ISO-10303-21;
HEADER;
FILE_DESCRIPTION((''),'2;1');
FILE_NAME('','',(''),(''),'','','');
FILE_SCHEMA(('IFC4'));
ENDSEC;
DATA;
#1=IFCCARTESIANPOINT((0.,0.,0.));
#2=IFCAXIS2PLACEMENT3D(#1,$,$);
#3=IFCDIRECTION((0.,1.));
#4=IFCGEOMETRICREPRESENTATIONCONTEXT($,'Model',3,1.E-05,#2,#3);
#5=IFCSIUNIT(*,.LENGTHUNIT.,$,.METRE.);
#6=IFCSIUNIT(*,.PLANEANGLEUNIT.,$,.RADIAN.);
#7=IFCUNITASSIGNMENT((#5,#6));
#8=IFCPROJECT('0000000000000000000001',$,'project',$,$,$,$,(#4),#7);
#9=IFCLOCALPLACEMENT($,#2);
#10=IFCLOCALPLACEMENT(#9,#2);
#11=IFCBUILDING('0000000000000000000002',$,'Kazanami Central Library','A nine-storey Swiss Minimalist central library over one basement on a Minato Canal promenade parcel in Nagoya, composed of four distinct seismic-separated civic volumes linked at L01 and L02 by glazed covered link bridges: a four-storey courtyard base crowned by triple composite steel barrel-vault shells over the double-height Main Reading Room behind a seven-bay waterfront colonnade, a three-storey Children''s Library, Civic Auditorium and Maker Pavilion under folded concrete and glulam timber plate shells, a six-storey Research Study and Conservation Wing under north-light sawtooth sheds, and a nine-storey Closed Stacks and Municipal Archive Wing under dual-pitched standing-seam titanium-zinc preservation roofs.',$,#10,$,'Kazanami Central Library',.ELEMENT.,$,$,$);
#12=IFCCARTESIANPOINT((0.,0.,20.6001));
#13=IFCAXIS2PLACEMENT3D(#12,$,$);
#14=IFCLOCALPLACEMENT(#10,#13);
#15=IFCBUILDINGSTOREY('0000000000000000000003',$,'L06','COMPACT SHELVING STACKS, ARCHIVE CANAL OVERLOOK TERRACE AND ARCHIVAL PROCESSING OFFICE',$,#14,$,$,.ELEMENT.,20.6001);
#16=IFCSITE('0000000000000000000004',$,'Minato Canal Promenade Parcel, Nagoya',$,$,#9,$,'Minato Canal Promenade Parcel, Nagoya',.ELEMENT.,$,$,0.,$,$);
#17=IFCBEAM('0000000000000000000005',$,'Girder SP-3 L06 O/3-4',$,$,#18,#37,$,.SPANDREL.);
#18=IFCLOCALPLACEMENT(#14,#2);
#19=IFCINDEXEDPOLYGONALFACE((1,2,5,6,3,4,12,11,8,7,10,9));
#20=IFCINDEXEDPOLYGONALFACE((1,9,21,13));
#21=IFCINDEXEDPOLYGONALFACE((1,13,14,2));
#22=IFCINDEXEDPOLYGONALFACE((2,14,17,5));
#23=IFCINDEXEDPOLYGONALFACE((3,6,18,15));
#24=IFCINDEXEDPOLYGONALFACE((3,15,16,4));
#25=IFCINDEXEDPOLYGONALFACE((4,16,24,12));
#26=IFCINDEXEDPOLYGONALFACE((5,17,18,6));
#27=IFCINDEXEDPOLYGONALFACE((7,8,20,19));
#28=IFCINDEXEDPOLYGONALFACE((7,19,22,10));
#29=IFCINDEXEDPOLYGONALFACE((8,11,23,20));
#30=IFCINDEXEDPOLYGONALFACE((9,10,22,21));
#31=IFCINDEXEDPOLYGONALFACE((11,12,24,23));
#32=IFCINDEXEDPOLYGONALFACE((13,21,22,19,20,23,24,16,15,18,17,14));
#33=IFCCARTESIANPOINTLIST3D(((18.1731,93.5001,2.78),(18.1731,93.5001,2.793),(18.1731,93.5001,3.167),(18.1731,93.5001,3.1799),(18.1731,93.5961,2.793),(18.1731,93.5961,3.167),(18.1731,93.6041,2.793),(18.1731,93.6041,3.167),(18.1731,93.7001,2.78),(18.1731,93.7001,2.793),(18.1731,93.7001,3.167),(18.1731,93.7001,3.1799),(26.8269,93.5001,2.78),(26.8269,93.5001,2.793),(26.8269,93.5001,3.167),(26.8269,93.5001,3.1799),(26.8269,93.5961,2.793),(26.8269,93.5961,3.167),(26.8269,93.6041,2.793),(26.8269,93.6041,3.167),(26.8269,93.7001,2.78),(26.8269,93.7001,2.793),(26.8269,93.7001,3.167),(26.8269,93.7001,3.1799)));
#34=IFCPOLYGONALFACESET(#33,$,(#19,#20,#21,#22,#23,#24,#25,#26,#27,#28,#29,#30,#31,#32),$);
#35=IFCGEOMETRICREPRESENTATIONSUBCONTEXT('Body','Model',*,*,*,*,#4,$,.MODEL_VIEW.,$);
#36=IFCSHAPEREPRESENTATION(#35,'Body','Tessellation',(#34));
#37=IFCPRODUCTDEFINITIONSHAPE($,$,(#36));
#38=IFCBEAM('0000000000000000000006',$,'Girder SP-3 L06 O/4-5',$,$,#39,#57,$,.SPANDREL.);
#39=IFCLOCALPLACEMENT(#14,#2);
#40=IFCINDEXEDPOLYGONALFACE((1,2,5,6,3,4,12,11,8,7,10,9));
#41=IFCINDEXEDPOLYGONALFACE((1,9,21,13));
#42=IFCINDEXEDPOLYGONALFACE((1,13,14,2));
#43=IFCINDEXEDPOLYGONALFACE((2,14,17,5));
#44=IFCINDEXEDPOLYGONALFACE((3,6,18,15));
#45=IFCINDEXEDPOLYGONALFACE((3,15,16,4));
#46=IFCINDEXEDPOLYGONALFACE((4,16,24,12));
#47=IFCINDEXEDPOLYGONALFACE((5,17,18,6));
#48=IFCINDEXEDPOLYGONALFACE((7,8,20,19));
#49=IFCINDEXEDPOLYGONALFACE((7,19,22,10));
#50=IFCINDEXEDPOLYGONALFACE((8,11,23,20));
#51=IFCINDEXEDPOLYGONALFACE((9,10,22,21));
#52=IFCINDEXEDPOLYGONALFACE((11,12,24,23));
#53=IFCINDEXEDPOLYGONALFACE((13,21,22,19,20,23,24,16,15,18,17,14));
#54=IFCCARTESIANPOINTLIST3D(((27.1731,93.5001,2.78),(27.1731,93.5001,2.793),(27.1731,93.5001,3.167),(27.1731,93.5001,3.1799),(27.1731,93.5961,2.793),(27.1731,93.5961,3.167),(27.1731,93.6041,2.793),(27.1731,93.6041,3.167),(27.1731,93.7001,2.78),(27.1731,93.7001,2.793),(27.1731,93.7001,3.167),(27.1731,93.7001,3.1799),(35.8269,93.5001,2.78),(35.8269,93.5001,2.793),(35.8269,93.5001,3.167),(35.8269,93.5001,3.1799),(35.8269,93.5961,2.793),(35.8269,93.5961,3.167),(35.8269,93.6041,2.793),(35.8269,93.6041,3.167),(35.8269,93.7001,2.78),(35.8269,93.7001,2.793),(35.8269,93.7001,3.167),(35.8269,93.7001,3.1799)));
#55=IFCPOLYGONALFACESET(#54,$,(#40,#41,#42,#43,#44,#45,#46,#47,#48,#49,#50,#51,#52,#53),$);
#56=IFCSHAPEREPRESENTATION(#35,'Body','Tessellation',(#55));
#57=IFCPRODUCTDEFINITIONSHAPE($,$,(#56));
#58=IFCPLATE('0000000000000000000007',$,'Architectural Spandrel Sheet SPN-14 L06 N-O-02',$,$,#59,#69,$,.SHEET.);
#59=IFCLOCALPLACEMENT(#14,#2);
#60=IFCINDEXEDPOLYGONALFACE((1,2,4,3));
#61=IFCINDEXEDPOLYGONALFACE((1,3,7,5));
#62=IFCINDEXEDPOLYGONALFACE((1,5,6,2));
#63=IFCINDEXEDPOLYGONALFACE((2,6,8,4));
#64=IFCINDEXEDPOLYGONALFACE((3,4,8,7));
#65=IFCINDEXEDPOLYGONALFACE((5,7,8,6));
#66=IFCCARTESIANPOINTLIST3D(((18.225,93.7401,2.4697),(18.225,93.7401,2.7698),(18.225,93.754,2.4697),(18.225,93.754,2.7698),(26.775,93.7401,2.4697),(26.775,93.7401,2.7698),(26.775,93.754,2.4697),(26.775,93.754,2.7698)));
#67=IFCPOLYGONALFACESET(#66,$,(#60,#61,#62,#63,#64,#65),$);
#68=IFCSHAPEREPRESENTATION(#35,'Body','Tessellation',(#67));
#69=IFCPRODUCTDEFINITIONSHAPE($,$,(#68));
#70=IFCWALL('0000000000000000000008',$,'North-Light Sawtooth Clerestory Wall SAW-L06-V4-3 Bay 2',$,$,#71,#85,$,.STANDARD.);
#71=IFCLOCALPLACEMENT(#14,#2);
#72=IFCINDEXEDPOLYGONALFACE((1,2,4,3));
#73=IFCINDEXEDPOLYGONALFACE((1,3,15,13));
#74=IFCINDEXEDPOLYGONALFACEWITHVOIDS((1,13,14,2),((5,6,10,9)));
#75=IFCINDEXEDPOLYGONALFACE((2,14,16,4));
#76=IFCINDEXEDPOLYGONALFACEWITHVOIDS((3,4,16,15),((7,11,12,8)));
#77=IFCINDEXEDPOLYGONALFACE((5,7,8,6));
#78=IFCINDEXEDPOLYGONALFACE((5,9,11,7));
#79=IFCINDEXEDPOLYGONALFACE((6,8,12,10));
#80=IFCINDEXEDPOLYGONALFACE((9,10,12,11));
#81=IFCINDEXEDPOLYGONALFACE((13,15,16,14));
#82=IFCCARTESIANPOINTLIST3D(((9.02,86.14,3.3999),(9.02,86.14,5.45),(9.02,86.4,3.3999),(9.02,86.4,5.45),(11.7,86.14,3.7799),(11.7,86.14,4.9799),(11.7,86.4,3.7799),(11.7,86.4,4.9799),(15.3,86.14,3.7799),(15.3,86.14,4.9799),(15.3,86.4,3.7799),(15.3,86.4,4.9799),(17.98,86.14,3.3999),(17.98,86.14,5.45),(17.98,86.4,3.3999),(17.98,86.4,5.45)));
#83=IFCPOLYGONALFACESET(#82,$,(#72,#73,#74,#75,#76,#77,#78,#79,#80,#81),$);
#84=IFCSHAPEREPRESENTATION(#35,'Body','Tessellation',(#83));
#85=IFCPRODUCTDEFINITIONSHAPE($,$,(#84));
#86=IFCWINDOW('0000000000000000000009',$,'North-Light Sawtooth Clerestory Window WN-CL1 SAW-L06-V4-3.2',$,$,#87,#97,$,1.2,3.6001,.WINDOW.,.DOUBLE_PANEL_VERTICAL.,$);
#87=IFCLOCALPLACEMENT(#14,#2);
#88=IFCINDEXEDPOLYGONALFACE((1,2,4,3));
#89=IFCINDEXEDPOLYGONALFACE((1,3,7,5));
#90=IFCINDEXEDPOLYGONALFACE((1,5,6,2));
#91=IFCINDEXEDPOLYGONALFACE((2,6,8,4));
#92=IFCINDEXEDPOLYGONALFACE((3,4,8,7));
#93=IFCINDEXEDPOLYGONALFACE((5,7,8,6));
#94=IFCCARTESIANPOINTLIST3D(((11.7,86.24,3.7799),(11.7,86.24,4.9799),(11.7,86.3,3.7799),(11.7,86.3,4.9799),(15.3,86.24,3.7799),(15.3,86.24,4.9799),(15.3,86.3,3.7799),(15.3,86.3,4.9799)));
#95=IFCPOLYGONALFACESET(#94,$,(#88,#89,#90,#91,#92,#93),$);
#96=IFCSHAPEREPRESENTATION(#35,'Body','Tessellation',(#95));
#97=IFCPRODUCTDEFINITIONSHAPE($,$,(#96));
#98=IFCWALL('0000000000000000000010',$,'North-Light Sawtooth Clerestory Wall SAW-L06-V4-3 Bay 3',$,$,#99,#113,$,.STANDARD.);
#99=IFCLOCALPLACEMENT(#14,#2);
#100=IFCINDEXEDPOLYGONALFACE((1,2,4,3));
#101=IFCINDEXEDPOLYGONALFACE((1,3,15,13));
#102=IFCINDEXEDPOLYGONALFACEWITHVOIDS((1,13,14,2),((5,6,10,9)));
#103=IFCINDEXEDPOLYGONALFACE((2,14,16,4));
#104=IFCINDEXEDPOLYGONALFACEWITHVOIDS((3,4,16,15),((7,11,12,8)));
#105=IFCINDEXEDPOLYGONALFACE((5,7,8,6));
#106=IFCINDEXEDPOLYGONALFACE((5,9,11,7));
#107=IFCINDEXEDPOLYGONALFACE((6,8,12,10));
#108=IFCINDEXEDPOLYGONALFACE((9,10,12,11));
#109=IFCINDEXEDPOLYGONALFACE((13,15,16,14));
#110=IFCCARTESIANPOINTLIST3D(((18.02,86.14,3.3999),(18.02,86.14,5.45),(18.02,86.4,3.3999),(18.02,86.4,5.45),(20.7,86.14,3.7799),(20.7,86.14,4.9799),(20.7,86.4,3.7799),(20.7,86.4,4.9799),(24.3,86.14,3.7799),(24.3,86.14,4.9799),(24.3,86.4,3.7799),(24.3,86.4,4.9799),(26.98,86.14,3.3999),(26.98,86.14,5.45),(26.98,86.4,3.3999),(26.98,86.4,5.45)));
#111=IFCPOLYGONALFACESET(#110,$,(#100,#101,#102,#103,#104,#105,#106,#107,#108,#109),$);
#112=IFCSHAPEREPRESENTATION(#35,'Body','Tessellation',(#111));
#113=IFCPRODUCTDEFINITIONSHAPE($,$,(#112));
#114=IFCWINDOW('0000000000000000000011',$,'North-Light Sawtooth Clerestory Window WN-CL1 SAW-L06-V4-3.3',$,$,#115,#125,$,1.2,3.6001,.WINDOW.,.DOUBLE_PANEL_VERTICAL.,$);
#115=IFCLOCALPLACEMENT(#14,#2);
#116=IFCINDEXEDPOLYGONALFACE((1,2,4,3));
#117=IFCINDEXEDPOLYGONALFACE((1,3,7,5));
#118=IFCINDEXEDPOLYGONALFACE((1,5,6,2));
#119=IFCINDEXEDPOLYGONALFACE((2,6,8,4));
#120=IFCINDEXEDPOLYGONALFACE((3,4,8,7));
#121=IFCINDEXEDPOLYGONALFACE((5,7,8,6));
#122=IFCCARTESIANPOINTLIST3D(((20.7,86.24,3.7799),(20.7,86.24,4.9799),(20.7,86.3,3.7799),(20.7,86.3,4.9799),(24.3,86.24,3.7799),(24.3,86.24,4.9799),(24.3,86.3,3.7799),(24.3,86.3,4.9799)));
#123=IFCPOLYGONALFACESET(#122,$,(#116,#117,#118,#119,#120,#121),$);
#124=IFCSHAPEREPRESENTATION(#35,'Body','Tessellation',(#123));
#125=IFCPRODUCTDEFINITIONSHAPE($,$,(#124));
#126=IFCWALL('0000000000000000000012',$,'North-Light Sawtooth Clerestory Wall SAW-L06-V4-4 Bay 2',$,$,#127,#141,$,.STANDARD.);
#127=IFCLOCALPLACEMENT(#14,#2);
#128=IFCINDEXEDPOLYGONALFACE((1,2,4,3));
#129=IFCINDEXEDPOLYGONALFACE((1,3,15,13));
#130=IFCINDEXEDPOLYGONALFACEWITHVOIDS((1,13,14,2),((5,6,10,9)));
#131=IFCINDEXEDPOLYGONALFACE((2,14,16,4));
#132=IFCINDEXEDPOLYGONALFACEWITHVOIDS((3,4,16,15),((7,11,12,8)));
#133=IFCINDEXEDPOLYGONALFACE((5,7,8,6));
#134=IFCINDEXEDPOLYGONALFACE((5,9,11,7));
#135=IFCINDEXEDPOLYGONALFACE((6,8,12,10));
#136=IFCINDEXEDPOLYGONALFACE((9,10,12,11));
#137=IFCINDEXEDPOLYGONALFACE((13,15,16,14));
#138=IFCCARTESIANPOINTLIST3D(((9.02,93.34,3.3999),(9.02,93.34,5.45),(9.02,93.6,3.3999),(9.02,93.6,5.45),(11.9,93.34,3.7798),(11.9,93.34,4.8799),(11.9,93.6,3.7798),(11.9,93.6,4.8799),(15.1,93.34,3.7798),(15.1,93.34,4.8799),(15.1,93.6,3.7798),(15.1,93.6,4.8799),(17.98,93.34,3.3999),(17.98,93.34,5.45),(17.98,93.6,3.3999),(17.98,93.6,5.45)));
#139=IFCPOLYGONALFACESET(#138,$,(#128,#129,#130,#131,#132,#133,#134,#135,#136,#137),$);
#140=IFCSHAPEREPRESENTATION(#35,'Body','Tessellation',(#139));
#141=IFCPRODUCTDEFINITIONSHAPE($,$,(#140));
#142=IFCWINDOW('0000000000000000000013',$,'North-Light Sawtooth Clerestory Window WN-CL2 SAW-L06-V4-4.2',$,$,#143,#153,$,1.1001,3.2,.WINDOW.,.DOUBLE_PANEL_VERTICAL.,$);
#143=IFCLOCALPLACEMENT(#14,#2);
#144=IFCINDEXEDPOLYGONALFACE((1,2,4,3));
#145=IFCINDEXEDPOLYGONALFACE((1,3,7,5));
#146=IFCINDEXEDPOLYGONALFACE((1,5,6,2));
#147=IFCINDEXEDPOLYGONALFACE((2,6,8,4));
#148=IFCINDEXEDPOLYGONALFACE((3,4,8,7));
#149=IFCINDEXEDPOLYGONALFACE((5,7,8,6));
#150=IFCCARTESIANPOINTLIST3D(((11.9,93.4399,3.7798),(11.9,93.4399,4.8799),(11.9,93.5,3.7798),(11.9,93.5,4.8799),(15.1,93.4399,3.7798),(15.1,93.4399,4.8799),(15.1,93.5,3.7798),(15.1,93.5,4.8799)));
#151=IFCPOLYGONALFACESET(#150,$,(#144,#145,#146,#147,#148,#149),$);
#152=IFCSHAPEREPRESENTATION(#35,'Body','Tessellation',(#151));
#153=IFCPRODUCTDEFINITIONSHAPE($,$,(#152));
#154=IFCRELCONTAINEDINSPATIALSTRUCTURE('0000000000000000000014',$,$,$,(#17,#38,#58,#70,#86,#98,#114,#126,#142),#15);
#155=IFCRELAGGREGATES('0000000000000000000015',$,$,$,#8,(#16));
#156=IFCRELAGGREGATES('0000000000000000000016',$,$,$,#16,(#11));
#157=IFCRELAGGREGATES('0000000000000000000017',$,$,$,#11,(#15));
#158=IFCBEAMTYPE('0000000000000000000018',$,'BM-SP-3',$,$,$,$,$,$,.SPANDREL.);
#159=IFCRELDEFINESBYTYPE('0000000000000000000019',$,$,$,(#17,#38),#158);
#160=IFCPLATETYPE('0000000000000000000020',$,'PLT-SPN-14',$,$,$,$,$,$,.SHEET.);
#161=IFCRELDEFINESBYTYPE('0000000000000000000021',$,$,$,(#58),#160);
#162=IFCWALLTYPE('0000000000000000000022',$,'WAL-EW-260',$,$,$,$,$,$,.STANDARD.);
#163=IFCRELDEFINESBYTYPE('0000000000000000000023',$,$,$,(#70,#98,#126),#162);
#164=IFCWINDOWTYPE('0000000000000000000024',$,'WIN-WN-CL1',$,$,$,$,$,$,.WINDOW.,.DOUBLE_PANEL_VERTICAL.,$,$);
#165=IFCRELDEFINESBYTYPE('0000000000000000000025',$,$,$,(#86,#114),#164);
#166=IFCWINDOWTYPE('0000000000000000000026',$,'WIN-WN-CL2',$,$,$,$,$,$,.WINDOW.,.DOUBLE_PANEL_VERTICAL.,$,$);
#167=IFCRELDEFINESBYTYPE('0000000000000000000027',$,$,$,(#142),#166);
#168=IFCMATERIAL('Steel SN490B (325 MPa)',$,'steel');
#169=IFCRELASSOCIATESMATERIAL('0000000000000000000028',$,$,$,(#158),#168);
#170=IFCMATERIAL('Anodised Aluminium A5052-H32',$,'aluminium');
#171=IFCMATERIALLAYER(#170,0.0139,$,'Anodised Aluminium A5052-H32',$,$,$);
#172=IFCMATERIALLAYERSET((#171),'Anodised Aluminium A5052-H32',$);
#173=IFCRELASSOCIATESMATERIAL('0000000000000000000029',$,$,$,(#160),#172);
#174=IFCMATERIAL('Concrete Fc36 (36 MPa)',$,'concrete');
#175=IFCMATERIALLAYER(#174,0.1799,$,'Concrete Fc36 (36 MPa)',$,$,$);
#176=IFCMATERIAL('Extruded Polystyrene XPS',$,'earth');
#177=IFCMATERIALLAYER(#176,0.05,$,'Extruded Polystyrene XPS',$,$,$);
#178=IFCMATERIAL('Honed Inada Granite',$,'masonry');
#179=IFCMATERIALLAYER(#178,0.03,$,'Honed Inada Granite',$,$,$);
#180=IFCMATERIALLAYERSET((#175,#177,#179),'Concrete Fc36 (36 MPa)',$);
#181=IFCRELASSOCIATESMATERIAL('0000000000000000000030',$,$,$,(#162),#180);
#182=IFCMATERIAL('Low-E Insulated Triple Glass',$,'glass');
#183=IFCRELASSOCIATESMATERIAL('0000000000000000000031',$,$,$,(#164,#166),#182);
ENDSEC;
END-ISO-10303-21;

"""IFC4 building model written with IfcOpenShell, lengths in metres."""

from ifc_helpers import new_model, si_unit, direction, frame, frame_2d, origin, origin_2d, place, context, subcontext, project, spatial, rectangle, i_section, extrude, material, layer, layer_set, material_profile, profile_set, type_object, element, fill, save


model = new_model("IFC4")

# Units and contexts
model_context = context("Model", 3, precision=1e-05, world=origin(), true_north=direction((0.0, 1.0)))
body_context = subcontext(model_context, "Body", "Model", "MODEL_VIEW")
ifc_project = project(units=[si_unit("LENGTHUNIT", "METRE"), si_unit("PLANEANGLEUNIT", "RADIAN")], contexts=[model_context])

# Site, building, storey
site_placement = place(None, origin())
site = spatial("IfcSite", under=ifc_project, at=site_placement, Name="Minato Canal Promenade Parcel, Nagoya", LongName="Minato Canal Promenade Parcel, Nagoya", CompositionType="ELEMENT", RefElevation=0.0)
building_placement = place(site_placement, origin())
building = spatial("IfcBuilding", under=site, at=building_placement, Name="Kazanami Central Library", Description="A nine-storey Swiss Minimalist central library over one basement on a Minato Canal promenade parcel in Nagoya, composed of four distinct seismic-separated civic volumes linked at L01 and L02 by glazed covered link bridges: a four-storey courtyard base crowned by triple composite steel barrel-vault shells over the double-height Main Reading Room behind a seven-bay waterfront colonnade, a three-storey Children's Library, Civic Auditorium and Maker Pavilion under folded concrete and glulam timber plate shells, a six-storey Research Study and Conservation Wing under north-light sawtooth sheds, and a nine-storey Closed Stacks and Municipal Archive Wing under dual-pitched standing-seam titanium-zinc preservation roofs.", LongName="Kazanami Central Library", CompositionType="ELEMENT")
storey_placement = place(building_placement, frame((0.0, 0.0, 20.6001)))
storey = spatial("IfcBuildingStorey", under=building, at=storey_placement, Name="L06", Description="COMPACT SHELVING STACKS, ARCHIVE CANAL OVERLOOK TERRACE AND ARCHIVAL PROCESSING OFFICE", CompositionType="ELEMENT", Elevation=20.6001)

# Beams
ifc_material_1 = material(Name="Steel SN490B (325 MPa)", Category="steel")
ifc_material_profile_1 = material_profile(ifc_material_1, i_section(OverallWidth=0.2, OverallDepth=0.3999, WebThickness=0.0081, FlangeThickness=0.0129, at=origin_2d()), Name="H-400x200x8x13")
ifc_profile_set_1 = profile_set([ifc_material_profile_1], Name="Steel SN490B (325 MPa)")
beam_type_1 = type_object("IfcBeamType", Name="BM-SP-3", PredefinedType="SPANDREL", material=ifc_profile_set_1)
for number, where, z_axis, x_axis, name in (
    (1, (18.1731, 93.6001, 2.98), (1.0, 0.0, 0.0), (0.0, 1.0, 0.0), "Girder SP-3 L06 O/3-4"),
    (2, (27.1731, 93.6001, 2.98), (1.0, 0.0, 0.0), (0.0, 1.0, 0.0), "Girder SP-3 L06 O/4-5"),
):
    element("IfcBeam", number, at=place(storey_placement, frame(where, z_axis=z_axis, x_axis=x_axis)), inside=storey, type_object=beam_type_1, Name=name, PredefinedType="SPANDREL", context=body_context, shape_type="SweptSolid", body=[
        extrude(i_section(OverallWidth=0.2, OverallDepth=0.3999, WebThickness=0.0081, FlangeThickness=0.0129, at=origin_2d()), origin(), (0.0, 0.0, 1.0), 8.6538),
    ])

# Plate
ifc_material_2 = material(Name="Anodised Aluminium A5052-H32", Category="aluminium")
ifc_layer_1 = layer(ifc_material_2, 0.0139, Name="Anodised Aluminium A5052-H32")
ifc_layer_set_1 = layer_set([ifc_layer_1], Name="Anodised Aluminium A5052-H32")
plate_type = type_object("IfcPlateType", Name="PLT-SPN-14", PredefinedType="SHEET", material=ifc_layer_set_1)
plate_placement = place(storey_placement, frame((22.5, 93.7471, 2.4697), z_axis=(0.0, 0.0, 1.0), x_axis=(-1.0, 0.0, 0.0)))
element("IfcPlate", 3, at=plate_placement, inside=storey, type_object=plate_type, Name="Architectural Spandrel Sheet SPN-14 L06 N-O-02", PredefinedType="SHEET", context=body_context, shape_type="SweptSolid", body=[
    extrude(rectangle(XDim=8.55, YDim=0.0139, at=origin_2d()), origin(), (0.0, 0.0, 1.0), 0.3),
])

# Walls, openings, windows
ifc_material_3 = material(Name="Concrete Fc36 (36 MPa)", Category="concrete")
ifc_layer_2 = layer(ifc_material_3, 0.1799, Name="Concrete Fc36 (36 MPa)")
ifc_material_4 = material(Name="Extruded Polystyrene XPS", Category="earth")
ifc_layer_3 = layer(ifc_material_4, 0.05, Name="Extruded Polystyrene XPS")
ifc_material_5 = material(Name="Honed Inada Granite", Category="masonry")
ifc_layer_4 = layer(ifc_material_5, 0.03, Name="Honed Inada Granite")
ifc_layer_set_2 = layer_set([ifc_layer_2, ifc_layer_3, ifc_layer_4], Name="Concrete Fc36 (36 MPa)")
wall_type_1 = type_object("IfcWallType", Name="WAL-EW-260", PredefinedType="STANDARD", material=ifc_layer_set_2)
wall_1_placement = place(storey_placement, frame((17.98, 86.27, 3.3999), z_axis=(0.0, 0.0, 1.0), x_axis=(-1.0, 0.0, 0.0)))
wall_1 = element("IfcWall", 4, at=wall_1_placement, inside=storey, type_object=wall_type_1, Name="North-Light Sawtooth Clerestory Wall SAW-L06-V4-3 Bay 2", PredefinedType="STANDARD", context=body_context, shape_type="SweptSolid", body=[
    extrude(rectangle(XDim=8.96, YDim=0.26, at=frame_2d((4.48, 0.0))), origin(), (0.0, 0.0, 1.0), 2.05),
])
opening_1_placement = place(wall_1_placement, frame((2.6799, 0.0, 0.3799)))
opening_1 = element("IfcOpeningElement", 5, at=opening_1_placement, cuts=wall_1, PredefinedType="OPENING", context=body_context, shape_type="SweptSolid", body=[
    extrude(rectangle(XDim=3.6001, YDim=1.2, at=frame_2d((1.8, 0.6001))), frame((0.0, 0.1421, 0.0), z_axis=(0.0, -1.0, 0.0), x_axis=(1.0, 0.0, 0.0)), (0.0, 0.0, 1.0), 0.2839),
])
ifc_material_6 = material(Name="Low-E Insulated Triple Glass", Category="glass")
window_type_1 = type_object("IfcWindowType", Name="WIN-WN-CL1", PartitioningType="DOUBLE_PANEL_VERTICAL", PredefinedType="WINDOW", material=ifc_material_6)
window_1_placement = place(opening_1_placement, origin())
window_1 = element("IfcWindow", 6, at=window_1_placement, inside=storey, type_object=window_type_1, Name="North-Light Sawtooth Clerestory Window WN-CL1 SAW-L06-V4-3.2", OverallHeight=1.2, OverallWidth=3.6001, PartitioningType="DOUBLE_PANEL_VERTICAL", PredefinedType="WINDOW", context=body_context, shape_type="SweptSolid", body=[
    extrude(rectangle(XDim=3.6001, YDim=1.2, at=frame_2d((1.8, 0.6001))), frame((0.0, 0.03, 0.0), z_axis=(0.0, -1.0, 0.0), x_axis=(1.0, 0.0, 0.0)), (0.0, 0.0, 1.0), 0.0601),
])
fill(opening_1, window_1)
wall_2_placement = place(storey_placement, frame((26.98, 86.27, 3.3999), z_axis=(0.0, 0.0, 1.0), x_axis=(-1.0, 0.0, 0.0)))
wall_2 = element("IfcWall", 7, at=wall_2_placement, inside=storey, type_object=wall_type_1, Name="North-Light Sawtooth Clerestory Wall SAW-L06-V4-3 Bay 3", PredefinedType="STANDARD", context=body_context, shape_type="SweptSolid", body=[
    extrude(rectangle(XDim=8.96, YDim=0.26, at=frame_2d((4.48, 0.0))), origin(), (0.0, 0.0, 1.0), 2.05),
])
opening_2_placement = place(wall_2_placement, frame((2.6799, 0.0, 0.3799)))
opening_2 = element("IfcOpeningElement", 8, at=opening_2_placement, cuts=wall_2, PredefinedType="OPENING", context=body_context, shape_type="SweptSolid", body=[
    extrude(rectangle(XDim=3.6001, YDim=1.2, at=frame_2d((1.8, 0.6001))), frame((0.0, 0.1421, 0.0), z_axis=(0.0, -1.0, 0.0), x_axis=(1.0, 0.0, 0.0)), (0.0, 0.0, 1.0), 0.2839),
])
window_2_placement = place(opening_2_placement, origin())
window_2 = element("IfcWindow", 9, at=window_2_placement, inside=storey, type_object=window_type_1, Name="North-Light Sawtooth Clerestory Window WN-CL1 SAW-L06-V4-3.3", OverallHeight=1.2, OverallWidth=3.6001, PartitioningType="DOUBLE_PANEL_VERTICAL", PredefinedType="WINDOW", context=body_context, shape_type="SweptSolid", body=[
    extrude(rectangle(XDim=3.6001, YDim=1.2, at=frame_2d((1.8, 0.6001))), frame((0.0, 0.03, 0.0), z_axis=(0.0, -1.0, 0.0), x_axis=(1.0, 0.0, 0.0)), (0.0, 0.0, 1.0), 0.0601),
])
fill(opening_2, window_2)
wall_3_placement = place(storey_placement, frame((17.98, 93.47, 3.3999), z_axis=(0.0, 0.0, 1.0), x_axis=(-1.0, 0.0, 0.0)))
wall_3 = element("IfcWall", 10, at=wall_3_placement, inside=storey, type_object=wall_type_1, Name="North-Light Sawtooth Clerestory Wall SAW-L06-V4-4 Bay 2", PredefinedType="STANDARD", context=body_context, shape_type="SweptSolid", body=[
    extrude(rectangle(XDim=8.96, YDim=0.26, at=frame_2d((4.48, 0.0))), origin(), (0.0, 0.0, 1.0), 2.05),
])
opening_3_placement = place(wall_3_placement, frame((2.8799, 0.0, 0.3799)))
opening_3 = element("IfcOpeningElement", 11, at=opening_3_placement, cuts=wall_3, PredefinedType="OPENING", context=body_context, shape_type="SweptSolid", body=[
    extrude(rectangle(XDim=3.2, YDim=1.1001, at=frame_2d((1.6001, 0.55))), frame((0.0, 0.1421, 0.0), z_axis=(0.0, -1.0, 0.0), x_axis=(1.0, 0.0, 0.0)), (0.0, 0.0, 1.0), 0.2839),
])
window_type_2 = type_object("IfcWindowType", Name="WIN-WN-CL2", PartitioningType="DOUBLE_PANEL_VERTICAL", PredefinedType="WINDOW", material=ifc_material_6)
window_3_placement = place(opening_3_placement, origin())
window_3 = element("IfcWindow", 12, at=window_3_placement, inside=storey, type_object=window_type_2, Name="North-Light Sawtooth Clerestory Window WN-CL2 SAW-L06-V4-4.2", OverallHeight=1.1001, OverallWidth=3.2, PartitioningType="DOUBLE_PANEL_VERTICAL", PredefinedType="WINDOW", context=body_context, shape_type="SweptSolid", body=[
    extrude(rectangle(XDim=3.2, YDim=1.1001, at=frame_2d((1.6001, 0.55))), frame((0.0, 0.03, 0.0), z_axis=(0.0, -1.0, 0.0), x_axis=(1.0, 0.0, 0.0)), (0.0, 0.0, 1.0), 0.0601),
])
fill(opening_3, window_3)

save(model, "model.ifc")
